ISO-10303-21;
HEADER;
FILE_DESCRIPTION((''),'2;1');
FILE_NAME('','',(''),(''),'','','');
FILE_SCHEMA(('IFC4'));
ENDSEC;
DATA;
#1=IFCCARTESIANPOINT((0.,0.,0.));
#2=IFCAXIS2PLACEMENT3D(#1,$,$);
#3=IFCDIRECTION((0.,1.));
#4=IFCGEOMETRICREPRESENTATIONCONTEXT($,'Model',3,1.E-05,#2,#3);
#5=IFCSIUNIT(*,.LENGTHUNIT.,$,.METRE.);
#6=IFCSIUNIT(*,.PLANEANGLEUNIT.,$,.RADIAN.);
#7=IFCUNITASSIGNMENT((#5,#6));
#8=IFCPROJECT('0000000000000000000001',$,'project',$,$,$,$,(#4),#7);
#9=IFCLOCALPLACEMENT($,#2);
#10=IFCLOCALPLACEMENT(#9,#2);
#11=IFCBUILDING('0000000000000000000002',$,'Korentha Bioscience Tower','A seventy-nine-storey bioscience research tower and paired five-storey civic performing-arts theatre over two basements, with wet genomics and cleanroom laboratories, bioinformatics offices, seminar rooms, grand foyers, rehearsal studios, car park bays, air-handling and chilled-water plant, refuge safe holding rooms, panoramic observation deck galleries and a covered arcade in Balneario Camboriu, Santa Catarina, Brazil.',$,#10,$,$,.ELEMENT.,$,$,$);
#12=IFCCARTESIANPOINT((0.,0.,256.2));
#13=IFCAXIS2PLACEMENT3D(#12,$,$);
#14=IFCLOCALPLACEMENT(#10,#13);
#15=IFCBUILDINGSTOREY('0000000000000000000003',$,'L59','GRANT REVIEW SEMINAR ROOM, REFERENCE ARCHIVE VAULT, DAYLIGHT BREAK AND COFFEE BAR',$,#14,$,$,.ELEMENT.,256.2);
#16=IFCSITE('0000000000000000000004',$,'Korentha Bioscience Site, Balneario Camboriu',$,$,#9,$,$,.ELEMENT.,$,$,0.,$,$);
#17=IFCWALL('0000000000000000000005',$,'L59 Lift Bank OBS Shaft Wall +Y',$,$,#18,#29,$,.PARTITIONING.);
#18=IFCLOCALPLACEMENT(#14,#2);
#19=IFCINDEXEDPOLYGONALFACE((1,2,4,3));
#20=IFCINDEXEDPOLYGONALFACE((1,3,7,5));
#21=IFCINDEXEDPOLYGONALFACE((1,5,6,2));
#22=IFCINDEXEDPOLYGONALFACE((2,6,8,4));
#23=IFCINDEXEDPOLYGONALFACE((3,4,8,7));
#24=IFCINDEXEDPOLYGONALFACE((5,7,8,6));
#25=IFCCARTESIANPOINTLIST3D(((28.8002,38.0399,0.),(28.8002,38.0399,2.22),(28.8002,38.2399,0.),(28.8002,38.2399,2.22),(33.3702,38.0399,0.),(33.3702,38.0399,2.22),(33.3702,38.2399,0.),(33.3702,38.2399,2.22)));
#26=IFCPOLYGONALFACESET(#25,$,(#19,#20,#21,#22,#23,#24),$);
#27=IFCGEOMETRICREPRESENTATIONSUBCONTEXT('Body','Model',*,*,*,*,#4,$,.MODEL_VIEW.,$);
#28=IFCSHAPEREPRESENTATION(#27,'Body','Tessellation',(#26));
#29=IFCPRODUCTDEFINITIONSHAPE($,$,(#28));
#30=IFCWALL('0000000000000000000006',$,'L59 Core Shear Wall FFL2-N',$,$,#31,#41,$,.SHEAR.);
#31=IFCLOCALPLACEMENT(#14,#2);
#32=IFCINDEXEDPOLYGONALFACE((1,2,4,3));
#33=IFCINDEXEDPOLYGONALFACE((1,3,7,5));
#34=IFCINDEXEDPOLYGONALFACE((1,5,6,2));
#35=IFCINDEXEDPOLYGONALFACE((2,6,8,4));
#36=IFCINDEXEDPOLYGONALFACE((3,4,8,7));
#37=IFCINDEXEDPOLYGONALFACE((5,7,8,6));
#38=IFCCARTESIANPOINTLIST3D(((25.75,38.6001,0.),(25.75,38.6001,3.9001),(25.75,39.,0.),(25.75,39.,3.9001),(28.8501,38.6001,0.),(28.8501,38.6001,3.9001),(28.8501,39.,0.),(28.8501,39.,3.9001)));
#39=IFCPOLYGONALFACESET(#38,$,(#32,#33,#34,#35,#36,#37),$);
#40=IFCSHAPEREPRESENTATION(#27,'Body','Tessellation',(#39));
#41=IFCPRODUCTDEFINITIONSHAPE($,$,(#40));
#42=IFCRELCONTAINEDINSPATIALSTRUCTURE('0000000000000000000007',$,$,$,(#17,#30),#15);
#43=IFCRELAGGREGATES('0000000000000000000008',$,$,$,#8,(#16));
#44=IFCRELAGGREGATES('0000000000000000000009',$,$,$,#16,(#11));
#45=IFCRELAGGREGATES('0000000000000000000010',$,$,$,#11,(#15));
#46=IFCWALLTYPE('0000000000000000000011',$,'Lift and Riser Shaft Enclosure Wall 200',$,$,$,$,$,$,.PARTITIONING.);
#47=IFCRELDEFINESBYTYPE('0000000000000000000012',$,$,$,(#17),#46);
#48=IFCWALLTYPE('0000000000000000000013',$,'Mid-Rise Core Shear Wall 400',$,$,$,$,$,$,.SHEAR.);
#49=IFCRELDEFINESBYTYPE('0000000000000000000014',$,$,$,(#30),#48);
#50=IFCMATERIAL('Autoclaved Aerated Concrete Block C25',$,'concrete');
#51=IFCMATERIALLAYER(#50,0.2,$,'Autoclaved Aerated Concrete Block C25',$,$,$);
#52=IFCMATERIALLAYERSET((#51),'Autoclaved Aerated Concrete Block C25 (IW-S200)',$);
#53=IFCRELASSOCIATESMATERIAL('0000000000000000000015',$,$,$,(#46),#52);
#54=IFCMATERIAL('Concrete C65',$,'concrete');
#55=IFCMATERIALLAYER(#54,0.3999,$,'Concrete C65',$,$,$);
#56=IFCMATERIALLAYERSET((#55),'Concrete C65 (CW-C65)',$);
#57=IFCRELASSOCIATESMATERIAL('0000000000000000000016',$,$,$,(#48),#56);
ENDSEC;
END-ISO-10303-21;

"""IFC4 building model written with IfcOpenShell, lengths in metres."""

from ifc_helpers import new_model, si_unit, direction, frame, frame_2d, origin, place, context, subcontext, project, spatial, rectangle, extrude, material, layer, layer_set, type_object, element, save


model = new_model("IFC4")

# Units and contexts
model_context = context("Model", 3, precision=1e-05, world=origin(), true_north=direction((0.0, 1.0)))
body_context = subcontext(model_context, "Body", "Model", "MODEL_VIEW")
ifc_project = project(units=[si_unit("LENGTHUNIT", "METRE"), si_unit("PLANEANGLEUNIT", "RADIAN")], contexts=[model_context])

# Site, building, storey
site_placement = place(None, origin())
site = spatial("IfcSite", under=ifc_project, at=site_placement, Name="Korentha Bioscience Site, Balneario Camboriu", CompositionType="ELEMENT", RefElevation=0.0)
building_placement = place(site_placement, origin())
building = spatial("IfcBuilding", under=site, at=building_placement, Name="Korentha Bioscience Tower", Description="A seventy-nine-storey bioscience research tower and paired five-storey civic performing-arts theatre over two basements, with wet genomics and cleanroom laboratories, bioinformatics offices, seminar rooms, grand foyers, rehearsal studios, car park bays, air-handling and chilled-water plant, refuge safe holding rooms, panoramic observation deck galleries and a covered arcade in Balneario Camboriu, Santa Catarina, Brazil.", CompositionType="ELEMENT")
storey_placement = place(building_placement, frame((0.0, 0.0, 256.2)))
storey = spatial("IfcBuildingStorey", under=building, at=storey_placement, Name="L59", Description="GRANT REVIEW SEMINAR ROOM, REFERENCE ARCHIVE VAULT, DAYLIGHT BREAK AND COFFEE BAR", CompositionType="ELEMENT", Elevation=256.2)

# Shared definitions
ifc_material_1 = material(Name="Concrete C65", Category="concrete")

# Walls
ifc_material_2 = material(Name="Autoclaved Aerated Concrete Block C25", Category="concrete")
ifc_layer_1 = layer(ifc_material_2, 0.2, Name="Autoclaved Aerated Concrete Block C25")
ifc_layer_set_1 = layer_set([ifc_layer_1], Name="Autoclaved Aerated Concrete Block C25 (IW-S200)")
wall_type_1 = type_object("IfcWallType", Name="Lift and Riser Shaft Enclosure Wall 200", PredefinedType="PARTITIONING", material=ifc_layer_set_1)
wall_1_placement = place(storey_placement, frame((28.8, 38.1399, 0.0), z_axis=(0.0, 0.0, 1.0), x_axis=(1.0, 0.0, 0.0)))
element("IfcWall", 1, at=wall_1_placement, inside=storey, type_object=wall_type_1, Name="L59 Lift Bank OBS Shaft Wall +Y", PredefinedType="PARTITIONING", context=body_context, shape_type="SweptSolid", body=[
    extrude(rectangle(XDim=4.5701, YDim=0.2, at=frame_2d((2.2852, 0.0))), origin(), (0.0, 0.0, 1.0), 2.22),
])
ifc_layer_2 = layer(ifc_material_1, 0.3999, Name="Concrete C65")
ifc_layer_set_2 = layer_set([ifc_layer_2], Name="Concrete C65 (CW-C65)")
wall_type_2 = type_object("IfcWallType", Name="Mid-Rise Core Shear Wall 400", PredefinedType="SHEAR", material=ifc_layer_set_2)
wall_2_placement = place(storey_placement, frame((25.75, 38.8, 0.0), z_axis=(0.0, 0.0, 1.0), x_axis=(1.0, 0.0, 0.0)))
element("IfcWall", 2, at=wall_2_placement, inside=storey, type_object=wall_type_2, Name="L59 Core Shear Wall FFL2-N", PredefinedType="SHEAR", context=body_context, shape_type="SweptSolid", body=[
    extrude(rectangle(XDim=3.1001, YDim=0.3999, at=frame_2d((1.55, 0.0))), origin(), (0.0, 0.0, 1.0), 3.9001),
])

save(model, "model.ifc")
